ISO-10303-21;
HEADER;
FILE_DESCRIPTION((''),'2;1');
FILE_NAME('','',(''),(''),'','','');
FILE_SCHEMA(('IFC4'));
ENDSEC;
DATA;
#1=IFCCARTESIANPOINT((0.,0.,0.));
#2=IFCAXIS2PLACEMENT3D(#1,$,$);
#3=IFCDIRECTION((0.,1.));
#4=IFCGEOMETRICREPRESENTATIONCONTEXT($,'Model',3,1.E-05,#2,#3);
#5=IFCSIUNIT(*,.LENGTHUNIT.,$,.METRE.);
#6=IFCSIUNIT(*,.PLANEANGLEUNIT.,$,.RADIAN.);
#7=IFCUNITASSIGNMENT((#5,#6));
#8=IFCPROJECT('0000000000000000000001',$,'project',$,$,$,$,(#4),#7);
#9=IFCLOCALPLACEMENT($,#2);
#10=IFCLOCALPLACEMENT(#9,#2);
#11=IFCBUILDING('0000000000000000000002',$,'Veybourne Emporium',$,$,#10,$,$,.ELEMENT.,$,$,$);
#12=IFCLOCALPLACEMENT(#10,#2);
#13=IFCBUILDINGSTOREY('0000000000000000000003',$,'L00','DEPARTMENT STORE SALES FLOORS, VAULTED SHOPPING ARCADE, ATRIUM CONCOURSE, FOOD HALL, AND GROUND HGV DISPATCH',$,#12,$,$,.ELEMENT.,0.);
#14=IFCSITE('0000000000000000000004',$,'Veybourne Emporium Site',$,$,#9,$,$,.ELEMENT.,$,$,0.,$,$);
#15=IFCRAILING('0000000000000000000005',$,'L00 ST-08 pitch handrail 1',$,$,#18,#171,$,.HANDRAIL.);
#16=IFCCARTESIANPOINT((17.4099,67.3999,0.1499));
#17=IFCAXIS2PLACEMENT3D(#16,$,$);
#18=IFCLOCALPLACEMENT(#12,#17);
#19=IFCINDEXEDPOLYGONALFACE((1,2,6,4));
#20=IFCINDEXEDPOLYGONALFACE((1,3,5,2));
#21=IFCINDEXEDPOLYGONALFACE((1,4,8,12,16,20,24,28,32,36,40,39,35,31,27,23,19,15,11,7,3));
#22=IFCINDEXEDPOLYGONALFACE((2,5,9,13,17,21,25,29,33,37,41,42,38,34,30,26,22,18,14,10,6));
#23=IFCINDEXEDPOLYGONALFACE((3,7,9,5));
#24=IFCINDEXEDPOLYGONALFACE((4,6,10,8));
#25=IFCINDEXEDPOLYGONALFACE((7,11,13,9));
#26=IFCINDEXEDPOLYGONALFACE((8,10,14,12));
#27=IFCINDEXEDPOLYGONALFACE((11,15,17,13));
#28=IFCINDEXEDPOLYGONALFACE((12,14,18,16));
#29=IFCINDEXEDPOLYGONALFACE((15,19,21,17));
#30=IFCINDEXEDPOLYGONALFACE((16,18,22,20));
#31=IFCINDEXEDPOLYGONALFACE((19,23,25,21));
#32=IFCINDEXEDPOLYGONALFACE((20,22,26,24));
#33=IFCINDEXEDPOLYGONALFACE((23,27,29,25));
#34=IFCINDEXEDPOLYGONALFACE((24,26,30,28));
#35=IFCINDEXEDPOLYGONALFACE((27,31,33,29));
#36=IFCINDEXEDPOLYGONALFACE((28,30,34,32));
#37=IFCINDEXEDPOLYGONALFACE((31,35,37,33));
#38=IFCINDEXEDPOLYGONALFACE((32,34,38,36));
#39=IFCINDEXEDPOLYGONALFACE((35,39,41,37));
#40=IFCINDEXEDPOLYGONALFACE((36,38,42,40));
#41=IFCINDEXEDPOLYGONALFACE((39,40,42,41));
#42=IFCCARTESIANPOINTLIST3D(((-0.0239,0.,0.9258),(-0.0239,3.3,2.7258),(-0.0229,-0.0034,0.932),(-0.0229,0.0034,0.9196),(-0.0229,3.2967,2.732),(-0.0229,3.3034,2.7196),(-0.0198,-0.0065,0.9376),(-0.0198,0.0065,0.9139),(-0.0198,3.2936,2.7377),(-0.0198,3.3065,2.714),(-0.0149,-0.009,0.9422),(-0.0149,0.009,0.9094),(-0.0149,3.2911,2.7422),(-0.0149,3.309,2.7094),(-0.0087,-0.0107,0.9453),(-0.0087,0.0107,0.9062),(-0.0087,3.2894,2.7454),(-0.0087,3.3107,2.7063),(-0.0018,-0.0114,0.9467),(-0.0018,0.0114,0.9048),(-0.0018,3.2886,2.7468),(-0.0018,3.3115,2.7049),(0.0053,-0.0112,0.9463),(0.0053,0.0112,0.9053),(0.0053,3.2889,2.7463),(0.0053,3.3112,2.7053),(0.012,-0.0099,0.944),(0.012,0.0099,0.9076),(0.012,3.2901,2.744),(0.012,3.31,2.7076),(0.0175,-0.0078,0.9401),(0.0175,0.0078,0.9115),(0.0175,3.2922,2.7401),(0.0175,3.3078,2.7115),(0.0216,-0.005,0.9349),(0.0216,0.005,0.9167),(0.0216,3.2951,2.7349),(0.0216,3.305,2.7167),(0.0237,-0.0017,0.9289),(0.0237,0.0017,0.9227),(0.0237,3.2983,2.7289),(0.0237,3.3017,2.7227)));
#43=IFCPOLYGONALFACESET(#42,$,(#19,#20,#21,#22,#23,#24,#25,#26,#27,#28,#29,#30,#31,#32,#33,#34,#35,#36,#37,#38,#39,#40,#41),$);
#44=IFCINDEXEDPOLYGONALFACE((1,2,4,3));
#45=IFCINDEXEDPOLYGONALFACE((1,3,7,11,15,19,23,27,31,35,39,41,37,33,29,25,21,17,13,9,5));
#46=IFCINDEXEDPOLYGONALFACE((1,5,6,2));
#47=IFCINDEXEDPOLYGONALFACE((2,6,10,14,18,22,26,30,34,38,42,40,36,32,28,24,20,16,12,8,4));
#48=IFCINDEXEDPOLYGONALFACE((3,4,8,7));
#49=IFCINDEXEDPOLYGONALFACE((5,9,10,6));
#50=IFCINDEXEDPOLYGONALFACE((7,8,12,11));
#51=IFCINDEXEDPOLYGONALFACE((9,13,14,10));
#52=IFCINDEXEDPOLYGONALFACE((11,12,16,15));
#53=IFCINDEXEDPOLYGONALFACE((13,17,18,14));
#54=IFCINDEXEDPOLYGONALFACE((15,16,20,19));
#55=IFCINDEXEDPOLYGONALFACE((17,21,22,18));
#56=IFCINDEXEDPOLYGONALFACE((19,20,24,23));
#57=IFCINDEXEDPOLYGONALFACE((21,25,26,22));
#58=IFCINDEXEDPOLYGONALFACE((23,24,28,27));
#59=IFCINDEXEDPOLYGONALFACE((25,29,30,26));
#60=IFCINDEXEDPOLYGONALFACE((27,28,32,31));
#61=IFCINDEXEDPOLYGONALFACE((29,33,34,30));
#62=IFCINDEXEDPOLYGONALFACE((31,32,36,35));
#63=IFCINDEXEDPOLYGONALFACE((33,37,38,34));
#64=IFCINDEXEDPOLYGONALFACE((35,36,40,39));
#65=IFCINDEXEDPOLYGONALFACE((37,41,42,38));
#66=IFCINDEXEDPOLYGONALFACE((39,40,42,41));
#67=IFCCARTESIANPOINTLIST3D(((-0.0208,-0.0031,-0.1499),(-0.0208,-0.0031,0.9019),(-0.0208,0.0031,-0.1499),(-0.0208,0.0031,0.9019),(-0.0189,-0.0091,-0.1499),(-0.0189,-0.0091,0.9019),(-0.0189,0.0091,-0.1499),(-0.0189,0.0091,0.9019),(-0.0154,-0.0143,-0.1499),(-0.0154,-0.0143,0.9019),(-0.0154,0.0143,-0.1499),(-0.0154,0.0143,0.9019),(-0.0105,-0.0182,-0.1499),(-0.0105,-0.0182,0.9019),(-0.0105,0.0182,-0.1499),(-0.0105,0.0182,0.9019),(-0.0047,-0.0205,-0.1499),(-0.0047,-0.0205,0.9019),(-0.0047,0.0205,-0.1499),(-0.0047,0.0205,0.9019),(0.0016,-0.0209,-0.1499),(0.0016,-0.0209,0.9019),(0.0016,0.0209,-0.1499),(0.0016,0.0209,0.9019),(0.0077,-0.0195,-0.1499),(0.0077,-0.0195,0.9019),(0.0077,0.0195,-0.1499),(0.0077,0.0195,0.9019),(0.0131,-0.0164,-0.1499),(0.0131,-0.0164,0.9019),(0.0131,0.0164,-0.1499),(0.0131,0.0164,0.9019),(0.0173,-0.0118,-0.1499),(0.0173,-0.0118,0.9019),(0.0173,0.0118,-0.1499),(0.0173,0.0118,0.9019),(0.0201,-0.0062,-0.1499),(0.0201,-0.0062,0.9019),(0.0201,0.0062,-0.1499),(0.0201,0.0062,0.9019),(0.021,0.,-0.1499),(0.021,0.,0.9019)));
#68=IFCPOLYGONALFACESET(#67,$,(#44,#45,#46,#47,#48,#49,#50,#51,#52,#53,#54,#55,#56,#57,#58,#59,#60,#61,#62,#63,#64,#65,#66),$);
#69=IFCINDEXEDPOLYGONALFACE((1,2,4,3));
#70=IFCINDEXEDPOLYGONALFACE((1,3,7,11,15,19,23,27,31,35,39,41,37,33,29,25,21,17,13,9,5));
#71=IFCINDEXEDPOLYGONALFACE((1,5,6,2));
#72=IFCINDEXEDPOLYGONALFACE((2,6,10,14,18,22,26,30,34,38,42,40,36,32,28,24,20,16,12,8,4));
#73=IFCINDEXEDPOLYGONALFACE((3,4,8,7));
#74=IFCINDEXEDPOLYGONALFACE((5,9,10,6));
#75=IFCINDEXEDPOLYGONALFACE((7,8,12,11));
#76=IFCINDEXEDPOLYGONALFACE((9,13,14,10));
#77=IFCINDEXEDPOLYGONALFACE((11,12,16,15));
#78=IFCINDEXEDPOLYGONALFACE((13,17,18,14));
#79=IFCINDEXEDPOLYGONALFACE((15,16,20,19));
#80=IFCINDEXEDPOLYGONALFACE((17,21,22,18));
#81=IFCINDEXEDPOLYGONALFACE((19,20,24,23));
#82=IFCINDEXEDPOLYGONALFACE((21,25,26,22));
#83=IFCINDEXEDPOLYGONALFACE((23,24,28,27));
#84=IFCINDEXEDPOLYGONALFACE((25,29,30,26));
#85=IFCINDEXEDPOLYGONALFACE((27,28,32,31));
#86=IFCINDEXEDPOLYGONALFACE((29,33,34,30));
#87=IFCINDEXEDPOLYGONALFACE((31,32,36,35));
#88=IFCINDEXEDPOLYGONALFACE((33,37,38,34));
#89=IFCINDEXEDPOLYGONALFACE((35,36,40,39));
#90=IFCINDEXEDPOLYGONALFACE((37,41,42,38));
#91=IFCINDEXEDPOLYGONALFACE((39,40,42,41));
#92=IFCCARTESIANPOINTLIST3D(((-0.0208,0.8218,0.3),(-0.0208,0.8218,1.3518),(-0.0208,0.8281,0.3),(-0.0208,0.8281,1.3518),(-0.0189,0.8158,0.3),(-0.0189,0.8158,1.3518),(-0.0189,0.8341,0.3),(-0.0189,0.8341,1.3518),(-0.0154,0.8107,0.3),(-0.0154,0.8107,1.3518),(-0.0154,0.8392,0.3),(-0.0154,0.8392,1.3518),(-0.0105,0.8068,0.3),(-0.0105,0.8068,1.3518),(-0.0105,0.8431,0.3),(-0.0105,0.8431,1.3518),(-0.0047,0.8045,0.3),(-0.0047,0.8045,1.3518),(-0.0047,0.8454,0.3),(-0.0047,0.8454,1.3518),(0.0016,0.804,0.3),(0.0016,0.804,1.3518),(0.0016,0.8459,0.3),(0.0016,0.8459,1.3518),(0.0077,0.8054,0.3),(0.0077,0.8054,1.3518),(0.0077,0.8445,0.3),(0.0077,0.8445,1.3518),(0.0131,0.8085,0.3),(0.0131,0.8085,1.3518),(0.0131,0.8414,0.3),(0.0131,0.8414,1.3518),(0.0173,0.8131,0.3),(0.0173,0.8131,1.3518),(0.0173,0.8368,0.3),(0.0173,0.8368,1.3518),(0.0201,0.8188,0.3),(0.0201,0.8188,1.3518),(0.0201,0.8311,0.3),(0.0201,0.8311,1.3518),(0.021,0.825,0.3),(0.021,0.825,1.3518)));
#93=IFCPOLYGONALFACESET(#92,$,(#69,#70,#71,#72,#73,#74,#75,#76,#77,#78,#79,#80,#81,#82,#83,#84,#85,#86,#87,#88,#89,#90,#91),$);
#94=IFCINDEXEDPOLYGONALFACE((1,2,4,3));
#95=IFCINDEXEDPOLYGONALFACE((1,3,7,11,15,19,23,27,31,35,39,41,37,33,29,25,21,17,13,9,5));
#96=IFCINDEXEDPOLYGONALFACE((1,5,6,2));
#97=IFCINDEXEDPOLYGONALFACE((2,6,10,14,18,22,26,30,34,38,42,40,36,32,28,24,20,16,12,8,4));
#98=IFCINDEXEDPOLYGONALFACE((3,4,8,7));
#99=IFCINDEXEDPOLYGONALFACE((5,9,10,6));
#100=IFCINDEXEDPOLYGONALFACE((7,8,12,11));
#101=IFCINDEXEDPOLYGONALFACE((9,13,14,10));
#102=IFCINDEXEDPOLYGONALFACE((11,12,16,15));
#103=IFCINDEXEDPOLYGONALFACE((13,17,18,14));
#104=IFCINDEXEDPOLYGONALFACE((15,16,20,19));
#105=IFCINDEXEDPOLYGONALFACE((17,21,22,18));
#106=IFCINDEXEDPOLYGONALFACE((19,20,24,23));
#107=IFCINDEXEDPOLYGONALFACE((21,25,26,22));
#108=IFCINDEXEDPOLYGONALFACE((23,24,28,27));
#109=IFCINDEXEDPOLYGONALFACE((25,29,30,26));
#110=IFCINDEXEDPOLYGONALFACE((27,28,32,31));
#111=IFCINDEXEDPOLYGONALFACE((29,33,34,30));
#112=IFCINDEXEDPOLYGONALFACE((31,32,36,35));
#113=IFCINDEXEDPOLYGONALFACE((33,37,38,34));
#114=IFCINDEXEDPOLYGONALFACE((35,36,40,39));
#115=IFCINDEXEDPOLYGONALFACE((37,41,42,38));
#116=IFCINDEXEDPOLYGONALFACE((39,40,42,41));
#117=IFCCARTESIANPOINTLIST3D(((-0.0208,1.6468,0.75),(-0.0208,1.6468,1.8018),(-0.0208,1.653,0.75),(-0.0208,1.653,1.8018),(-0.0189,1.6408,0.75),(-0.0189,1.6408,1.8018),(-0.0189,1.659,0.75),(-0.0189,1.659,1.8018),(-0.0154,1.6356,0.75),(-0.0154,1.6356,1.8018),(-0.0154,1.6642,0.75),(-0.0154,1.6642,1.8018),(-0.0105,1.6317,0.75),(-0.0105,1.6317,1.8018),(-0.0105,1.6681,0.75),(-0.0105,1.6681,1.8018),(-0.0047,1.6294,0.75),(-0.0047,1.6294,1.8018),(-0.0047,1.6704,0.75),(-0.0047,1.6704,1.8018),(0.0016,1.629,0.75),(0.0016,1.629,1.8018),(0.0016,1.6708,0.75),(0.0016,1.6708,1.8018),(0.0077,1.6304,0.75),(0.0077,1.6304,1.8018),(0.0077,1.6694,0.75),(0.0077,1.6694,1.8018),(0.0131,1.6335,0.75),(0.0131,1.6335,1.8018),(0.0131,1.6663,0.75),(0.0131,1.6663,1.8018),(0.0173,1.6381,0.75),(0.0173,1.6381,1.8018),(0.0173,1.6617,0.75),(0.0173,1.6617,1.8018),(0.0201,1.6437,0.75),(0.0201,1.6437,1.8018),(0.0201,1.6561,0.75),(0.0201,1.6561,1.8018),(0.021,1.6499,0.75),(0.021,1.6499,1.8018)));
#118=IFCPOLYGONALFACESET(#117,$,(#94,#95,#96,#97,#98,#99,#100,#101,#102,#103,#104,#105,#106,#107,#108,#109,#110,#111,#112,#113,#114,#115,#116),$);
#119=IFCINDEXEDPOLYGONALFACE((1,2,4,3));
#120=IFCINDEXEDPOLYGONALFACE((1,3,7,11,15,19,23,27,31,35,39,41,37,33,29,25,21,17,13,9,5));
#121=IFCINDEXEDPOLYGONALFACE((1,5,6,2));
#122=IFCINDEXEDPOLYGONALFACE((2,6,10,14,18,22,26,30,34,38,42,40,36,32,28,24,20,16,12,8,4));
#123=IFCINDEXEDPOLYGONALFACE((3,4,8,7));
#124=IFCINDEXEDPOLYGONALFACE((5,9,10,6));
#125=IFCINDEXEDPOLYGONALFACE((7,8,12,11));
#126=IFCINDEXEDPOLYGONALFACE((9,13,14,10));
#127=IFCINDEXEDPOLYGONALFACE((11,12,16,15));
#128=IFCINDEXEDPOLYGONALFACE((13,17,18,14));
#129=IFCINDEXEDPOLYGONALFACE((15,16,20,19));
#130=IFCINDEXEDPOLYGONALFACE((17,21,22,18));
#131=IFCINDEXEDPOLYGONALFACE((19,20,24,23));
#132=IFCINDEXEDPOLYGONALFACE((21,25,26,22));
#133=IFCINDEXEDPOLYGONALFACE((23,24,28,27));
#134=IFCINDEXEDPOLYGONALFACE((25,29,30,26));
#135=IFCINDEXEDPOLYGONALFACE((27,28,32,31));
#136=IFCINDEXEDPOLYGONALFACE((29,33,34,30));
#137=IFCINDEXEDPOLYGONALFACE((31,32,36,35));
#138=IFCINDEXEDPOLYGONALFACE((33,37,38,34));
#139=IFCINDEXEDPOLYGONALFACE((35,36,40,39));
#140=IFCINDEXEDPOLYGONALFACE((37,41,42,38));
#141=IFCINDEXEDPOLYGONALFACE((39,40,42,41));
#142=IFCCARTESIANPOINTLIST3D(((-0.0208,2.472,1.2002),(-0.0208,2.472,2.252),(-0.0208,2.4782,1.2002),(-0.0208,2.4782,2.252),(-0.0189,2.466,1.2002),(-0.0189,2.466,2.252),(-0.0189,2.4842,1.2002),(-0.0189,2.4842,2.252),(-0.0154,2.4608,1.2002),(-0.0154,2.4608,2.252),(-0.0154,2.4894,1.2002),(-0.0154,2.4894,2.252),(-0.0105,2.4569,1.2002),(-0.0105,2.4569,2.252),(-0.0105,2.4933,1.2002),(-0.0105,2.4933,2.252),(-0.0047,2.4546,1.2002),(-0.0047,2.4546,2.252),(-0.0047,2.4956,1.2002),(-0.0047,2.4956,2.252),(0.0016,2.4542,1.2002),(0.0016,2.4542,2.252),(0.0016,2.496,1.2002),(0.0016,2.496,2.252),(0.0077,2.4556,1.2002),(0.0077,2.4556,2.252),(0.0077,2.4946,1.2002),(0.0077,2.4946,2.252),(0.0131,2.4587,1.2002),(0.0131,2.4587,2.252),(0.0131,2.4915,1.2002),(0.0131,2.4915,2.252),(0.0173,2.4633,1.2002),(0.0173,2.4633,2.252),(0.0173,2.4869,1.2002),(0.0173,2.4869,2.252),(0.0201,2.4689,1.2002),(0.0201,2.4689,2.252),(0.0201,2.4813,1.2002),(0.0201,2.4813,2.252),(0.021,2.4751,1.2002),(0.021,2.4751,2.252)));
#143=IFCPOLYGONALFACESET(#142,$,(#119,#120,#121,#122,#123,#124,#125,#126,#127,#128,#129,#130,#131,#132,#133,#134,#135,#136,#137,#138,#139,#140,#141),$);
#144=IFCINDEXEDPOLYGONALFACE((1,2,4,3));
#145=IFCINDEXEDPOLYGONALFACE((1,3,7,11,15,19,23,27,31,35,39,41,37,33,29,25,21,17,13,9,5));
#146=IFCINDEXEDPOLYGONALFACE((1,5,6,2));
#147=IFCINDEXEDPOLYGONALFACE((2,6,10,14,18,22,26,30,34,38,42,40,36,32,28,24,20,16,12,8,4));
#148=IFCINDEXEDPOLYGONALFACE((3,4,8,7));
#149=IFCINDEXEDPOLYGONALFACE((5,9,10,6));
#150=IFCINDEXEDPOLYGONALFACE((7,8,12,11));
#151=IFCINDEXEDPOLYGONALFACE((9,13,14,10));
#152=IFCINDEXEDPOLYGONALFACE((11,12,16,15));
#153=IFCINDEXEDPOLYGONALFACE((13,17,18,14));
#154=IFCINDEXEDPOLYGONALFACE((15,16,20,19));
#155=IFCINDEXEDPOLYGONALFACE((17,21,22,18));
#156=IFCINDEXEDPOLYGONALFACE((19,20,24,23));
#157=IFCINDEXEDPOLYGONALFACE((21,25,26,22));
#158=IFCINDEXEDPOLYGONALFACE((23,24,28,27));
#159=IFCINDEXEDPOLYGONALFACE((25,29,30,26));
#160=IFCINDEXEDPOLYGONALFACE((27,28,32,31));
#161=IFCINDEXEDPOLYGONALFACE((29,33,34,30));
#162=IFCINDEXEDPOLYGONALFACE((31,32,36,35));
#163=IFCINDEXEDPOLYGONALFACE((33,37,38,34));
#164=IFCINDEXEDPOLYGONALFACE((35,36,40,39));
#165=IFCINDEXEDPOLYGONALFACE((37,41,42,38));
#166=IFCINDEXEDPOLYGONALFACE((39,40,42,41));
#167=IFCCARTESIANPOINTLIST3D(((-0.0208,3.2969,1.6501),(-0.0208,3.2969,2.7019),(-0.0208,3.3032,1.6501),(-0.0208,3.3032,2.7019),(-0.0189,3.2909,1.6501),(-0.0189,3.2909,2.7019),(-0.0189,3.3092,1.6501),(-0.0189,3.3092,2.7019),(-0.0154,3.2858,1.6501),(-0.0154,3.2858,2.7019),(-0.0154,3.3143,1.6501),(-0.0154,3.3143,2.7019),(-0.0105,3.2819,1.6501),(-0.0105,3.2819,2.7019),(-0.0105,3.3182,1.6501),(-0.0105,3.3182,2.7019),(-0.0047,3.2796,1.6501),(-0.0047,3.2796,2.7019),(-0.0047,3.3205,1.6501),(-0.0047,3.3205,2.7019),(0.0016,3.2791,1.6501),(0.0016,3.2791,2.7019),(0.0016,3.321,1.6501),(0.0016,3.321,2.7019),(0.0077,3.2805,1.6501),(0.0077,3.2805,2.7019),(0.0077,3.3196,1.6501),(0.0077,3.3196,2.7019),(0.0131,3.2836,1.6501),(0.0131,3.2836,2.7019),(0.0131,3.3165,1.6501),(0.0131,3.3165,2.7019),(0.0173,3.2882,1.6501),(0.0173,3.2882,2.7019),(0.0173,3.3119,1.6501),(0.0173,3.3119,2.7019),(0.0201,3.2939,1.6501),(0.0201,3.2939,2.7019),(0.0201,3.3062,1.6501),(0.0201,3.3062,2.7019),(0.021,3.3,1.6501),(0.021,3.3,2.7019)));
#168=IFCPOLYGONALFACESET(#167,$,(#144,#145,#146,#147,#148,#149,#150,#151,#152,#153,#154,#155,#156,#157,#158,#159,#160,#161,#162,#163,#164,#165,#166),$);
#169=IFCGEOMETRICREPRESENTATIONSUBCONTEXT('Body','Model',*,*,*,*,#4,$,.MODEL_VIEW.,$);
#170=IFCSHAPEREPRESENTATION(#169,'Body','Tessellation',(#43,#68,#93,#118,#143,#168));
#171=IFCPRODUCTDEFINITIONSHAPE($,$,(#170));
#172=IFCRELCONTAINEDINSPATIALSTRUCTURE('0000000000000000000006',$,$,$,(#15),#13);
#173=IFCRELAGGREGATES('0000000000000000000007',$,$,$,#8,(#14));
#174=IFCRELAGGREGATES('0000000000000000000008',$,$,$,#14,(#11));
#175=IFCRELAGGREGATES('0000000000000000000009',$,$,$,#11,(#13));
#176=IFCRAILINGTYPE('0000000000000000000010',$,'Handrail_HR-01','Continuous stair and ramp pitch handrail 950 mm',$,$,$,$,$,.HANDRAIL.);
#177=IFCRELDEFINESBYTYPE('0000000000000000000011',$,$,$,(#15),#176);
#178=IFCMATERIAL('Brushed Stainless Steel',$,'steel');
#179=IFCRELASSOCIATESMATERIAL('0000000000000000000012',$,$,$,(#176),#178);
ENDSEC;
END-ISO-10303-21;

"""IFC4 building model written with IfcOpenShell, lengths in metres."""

from ifc_helpers import new_model, si_unit, direction, frame, origin, origin_2d, place, context, subcontext, project, spatial, circle, extrude, material, type_object, element, save


model = new_model("IFC4")

# Units and contexts
model_context = context("Model", 3, precision=1e-05, world=origin(), true_north=direction((0.0, 1.0)))
body_context = subcontext(model_context, "Body", "Model", "MODEL_VIEW")
ifc_project = project(units=[si_unit("LENGTHUNIT", "METRE"), si_unit("PLANEANGLEUNIT", "RADIAN")], contexts=[model_context])

# Site, building, storey
site_placement = place(None, origin())
site = spatial("IfcSite", under=ifc_project, at=site_placement, Name="Veybourne Emporium Site", CompositionType="ELEMENT", RefElevation=0.0)
building_placement = place(site_placement, origin())
building = spatial("IfcBuilding", under=site, at=building_placement, Name="Veybourne Emporium", CompositionType="ELEMENT")
storey_placement = place(building_placement, origin())
storey = spatial("IfcBuildingStorey", under=building, at=storey_placement, Name="L00", Description="DEPARTMENT STORE SALES FLOORS, VAULTED SHOPPING ARCADE, ATRIUM CONCOURSE, FOOD HALL, AND GROUND HGV DISPATCH", CompositionType="ELEMENT", Elevation=0.0)

# Railing
ifc_material_1 = material(Name="Brushed Stainless Steel", Category="steel")
railing_type = type_object("IfcRailingType", Name="Handrail_HR-01", Description="Continuous stair and ramp pitch handrail 950 mm", PredefinedType="HANDRAIL", material=ifc_material_1)
railing_placement = place(storey_placement, frame((17.4099, 67.3999, 0.1499)))
element("IfcRailing", 1, at=railing_placement, inside=storey, type_object=railing_type, Name="L00 ST-08 pitch handrail 1", PredefinedType="HANDRAIL", context=body_context, shape_type="SweptSolid", body=[
    extrude(circle(Radius=0.0239, at=origin_2d()), frame((0.0, 0.0, 0.9258), z_axis=(0.0, 0.877893, 0.478857), x_axis=(-1.0, 0.0, 0.0)), (0.0, 0.0, 1.0), 3.759),
    extrude(circle(Radius=0.021, at=origin_2d()), frame((0.0, 0.0, -0.1499)), (0.0, 0.0, 1.0), 1.0518),
    extrude(circle(Radius=0.021, at=origin_2d()), frame((0.0, 0.825, 0.3)), (0.0, 0.0, 1.0), 1.0518),
    extrude(circle(Radius=0.021, at=origin_2d()), frame((0.0, 1.6499, 0.75)), (0.0, 0.0, 1.0), 1.0518),
    extrude(circle(Radius=0.021, at=origin_2d()), frame((0.0, 2.4751, 1.2002)), (0.0, 0.0, 1.0), 1.0518),
    extrude(circle(Radius=0.021, at=origin_2d()), frame((0.0, 3.3, 1.6501)), (0.0, 0.0, 1.0), 1.0518),
])

save(model, "model.ifc")
